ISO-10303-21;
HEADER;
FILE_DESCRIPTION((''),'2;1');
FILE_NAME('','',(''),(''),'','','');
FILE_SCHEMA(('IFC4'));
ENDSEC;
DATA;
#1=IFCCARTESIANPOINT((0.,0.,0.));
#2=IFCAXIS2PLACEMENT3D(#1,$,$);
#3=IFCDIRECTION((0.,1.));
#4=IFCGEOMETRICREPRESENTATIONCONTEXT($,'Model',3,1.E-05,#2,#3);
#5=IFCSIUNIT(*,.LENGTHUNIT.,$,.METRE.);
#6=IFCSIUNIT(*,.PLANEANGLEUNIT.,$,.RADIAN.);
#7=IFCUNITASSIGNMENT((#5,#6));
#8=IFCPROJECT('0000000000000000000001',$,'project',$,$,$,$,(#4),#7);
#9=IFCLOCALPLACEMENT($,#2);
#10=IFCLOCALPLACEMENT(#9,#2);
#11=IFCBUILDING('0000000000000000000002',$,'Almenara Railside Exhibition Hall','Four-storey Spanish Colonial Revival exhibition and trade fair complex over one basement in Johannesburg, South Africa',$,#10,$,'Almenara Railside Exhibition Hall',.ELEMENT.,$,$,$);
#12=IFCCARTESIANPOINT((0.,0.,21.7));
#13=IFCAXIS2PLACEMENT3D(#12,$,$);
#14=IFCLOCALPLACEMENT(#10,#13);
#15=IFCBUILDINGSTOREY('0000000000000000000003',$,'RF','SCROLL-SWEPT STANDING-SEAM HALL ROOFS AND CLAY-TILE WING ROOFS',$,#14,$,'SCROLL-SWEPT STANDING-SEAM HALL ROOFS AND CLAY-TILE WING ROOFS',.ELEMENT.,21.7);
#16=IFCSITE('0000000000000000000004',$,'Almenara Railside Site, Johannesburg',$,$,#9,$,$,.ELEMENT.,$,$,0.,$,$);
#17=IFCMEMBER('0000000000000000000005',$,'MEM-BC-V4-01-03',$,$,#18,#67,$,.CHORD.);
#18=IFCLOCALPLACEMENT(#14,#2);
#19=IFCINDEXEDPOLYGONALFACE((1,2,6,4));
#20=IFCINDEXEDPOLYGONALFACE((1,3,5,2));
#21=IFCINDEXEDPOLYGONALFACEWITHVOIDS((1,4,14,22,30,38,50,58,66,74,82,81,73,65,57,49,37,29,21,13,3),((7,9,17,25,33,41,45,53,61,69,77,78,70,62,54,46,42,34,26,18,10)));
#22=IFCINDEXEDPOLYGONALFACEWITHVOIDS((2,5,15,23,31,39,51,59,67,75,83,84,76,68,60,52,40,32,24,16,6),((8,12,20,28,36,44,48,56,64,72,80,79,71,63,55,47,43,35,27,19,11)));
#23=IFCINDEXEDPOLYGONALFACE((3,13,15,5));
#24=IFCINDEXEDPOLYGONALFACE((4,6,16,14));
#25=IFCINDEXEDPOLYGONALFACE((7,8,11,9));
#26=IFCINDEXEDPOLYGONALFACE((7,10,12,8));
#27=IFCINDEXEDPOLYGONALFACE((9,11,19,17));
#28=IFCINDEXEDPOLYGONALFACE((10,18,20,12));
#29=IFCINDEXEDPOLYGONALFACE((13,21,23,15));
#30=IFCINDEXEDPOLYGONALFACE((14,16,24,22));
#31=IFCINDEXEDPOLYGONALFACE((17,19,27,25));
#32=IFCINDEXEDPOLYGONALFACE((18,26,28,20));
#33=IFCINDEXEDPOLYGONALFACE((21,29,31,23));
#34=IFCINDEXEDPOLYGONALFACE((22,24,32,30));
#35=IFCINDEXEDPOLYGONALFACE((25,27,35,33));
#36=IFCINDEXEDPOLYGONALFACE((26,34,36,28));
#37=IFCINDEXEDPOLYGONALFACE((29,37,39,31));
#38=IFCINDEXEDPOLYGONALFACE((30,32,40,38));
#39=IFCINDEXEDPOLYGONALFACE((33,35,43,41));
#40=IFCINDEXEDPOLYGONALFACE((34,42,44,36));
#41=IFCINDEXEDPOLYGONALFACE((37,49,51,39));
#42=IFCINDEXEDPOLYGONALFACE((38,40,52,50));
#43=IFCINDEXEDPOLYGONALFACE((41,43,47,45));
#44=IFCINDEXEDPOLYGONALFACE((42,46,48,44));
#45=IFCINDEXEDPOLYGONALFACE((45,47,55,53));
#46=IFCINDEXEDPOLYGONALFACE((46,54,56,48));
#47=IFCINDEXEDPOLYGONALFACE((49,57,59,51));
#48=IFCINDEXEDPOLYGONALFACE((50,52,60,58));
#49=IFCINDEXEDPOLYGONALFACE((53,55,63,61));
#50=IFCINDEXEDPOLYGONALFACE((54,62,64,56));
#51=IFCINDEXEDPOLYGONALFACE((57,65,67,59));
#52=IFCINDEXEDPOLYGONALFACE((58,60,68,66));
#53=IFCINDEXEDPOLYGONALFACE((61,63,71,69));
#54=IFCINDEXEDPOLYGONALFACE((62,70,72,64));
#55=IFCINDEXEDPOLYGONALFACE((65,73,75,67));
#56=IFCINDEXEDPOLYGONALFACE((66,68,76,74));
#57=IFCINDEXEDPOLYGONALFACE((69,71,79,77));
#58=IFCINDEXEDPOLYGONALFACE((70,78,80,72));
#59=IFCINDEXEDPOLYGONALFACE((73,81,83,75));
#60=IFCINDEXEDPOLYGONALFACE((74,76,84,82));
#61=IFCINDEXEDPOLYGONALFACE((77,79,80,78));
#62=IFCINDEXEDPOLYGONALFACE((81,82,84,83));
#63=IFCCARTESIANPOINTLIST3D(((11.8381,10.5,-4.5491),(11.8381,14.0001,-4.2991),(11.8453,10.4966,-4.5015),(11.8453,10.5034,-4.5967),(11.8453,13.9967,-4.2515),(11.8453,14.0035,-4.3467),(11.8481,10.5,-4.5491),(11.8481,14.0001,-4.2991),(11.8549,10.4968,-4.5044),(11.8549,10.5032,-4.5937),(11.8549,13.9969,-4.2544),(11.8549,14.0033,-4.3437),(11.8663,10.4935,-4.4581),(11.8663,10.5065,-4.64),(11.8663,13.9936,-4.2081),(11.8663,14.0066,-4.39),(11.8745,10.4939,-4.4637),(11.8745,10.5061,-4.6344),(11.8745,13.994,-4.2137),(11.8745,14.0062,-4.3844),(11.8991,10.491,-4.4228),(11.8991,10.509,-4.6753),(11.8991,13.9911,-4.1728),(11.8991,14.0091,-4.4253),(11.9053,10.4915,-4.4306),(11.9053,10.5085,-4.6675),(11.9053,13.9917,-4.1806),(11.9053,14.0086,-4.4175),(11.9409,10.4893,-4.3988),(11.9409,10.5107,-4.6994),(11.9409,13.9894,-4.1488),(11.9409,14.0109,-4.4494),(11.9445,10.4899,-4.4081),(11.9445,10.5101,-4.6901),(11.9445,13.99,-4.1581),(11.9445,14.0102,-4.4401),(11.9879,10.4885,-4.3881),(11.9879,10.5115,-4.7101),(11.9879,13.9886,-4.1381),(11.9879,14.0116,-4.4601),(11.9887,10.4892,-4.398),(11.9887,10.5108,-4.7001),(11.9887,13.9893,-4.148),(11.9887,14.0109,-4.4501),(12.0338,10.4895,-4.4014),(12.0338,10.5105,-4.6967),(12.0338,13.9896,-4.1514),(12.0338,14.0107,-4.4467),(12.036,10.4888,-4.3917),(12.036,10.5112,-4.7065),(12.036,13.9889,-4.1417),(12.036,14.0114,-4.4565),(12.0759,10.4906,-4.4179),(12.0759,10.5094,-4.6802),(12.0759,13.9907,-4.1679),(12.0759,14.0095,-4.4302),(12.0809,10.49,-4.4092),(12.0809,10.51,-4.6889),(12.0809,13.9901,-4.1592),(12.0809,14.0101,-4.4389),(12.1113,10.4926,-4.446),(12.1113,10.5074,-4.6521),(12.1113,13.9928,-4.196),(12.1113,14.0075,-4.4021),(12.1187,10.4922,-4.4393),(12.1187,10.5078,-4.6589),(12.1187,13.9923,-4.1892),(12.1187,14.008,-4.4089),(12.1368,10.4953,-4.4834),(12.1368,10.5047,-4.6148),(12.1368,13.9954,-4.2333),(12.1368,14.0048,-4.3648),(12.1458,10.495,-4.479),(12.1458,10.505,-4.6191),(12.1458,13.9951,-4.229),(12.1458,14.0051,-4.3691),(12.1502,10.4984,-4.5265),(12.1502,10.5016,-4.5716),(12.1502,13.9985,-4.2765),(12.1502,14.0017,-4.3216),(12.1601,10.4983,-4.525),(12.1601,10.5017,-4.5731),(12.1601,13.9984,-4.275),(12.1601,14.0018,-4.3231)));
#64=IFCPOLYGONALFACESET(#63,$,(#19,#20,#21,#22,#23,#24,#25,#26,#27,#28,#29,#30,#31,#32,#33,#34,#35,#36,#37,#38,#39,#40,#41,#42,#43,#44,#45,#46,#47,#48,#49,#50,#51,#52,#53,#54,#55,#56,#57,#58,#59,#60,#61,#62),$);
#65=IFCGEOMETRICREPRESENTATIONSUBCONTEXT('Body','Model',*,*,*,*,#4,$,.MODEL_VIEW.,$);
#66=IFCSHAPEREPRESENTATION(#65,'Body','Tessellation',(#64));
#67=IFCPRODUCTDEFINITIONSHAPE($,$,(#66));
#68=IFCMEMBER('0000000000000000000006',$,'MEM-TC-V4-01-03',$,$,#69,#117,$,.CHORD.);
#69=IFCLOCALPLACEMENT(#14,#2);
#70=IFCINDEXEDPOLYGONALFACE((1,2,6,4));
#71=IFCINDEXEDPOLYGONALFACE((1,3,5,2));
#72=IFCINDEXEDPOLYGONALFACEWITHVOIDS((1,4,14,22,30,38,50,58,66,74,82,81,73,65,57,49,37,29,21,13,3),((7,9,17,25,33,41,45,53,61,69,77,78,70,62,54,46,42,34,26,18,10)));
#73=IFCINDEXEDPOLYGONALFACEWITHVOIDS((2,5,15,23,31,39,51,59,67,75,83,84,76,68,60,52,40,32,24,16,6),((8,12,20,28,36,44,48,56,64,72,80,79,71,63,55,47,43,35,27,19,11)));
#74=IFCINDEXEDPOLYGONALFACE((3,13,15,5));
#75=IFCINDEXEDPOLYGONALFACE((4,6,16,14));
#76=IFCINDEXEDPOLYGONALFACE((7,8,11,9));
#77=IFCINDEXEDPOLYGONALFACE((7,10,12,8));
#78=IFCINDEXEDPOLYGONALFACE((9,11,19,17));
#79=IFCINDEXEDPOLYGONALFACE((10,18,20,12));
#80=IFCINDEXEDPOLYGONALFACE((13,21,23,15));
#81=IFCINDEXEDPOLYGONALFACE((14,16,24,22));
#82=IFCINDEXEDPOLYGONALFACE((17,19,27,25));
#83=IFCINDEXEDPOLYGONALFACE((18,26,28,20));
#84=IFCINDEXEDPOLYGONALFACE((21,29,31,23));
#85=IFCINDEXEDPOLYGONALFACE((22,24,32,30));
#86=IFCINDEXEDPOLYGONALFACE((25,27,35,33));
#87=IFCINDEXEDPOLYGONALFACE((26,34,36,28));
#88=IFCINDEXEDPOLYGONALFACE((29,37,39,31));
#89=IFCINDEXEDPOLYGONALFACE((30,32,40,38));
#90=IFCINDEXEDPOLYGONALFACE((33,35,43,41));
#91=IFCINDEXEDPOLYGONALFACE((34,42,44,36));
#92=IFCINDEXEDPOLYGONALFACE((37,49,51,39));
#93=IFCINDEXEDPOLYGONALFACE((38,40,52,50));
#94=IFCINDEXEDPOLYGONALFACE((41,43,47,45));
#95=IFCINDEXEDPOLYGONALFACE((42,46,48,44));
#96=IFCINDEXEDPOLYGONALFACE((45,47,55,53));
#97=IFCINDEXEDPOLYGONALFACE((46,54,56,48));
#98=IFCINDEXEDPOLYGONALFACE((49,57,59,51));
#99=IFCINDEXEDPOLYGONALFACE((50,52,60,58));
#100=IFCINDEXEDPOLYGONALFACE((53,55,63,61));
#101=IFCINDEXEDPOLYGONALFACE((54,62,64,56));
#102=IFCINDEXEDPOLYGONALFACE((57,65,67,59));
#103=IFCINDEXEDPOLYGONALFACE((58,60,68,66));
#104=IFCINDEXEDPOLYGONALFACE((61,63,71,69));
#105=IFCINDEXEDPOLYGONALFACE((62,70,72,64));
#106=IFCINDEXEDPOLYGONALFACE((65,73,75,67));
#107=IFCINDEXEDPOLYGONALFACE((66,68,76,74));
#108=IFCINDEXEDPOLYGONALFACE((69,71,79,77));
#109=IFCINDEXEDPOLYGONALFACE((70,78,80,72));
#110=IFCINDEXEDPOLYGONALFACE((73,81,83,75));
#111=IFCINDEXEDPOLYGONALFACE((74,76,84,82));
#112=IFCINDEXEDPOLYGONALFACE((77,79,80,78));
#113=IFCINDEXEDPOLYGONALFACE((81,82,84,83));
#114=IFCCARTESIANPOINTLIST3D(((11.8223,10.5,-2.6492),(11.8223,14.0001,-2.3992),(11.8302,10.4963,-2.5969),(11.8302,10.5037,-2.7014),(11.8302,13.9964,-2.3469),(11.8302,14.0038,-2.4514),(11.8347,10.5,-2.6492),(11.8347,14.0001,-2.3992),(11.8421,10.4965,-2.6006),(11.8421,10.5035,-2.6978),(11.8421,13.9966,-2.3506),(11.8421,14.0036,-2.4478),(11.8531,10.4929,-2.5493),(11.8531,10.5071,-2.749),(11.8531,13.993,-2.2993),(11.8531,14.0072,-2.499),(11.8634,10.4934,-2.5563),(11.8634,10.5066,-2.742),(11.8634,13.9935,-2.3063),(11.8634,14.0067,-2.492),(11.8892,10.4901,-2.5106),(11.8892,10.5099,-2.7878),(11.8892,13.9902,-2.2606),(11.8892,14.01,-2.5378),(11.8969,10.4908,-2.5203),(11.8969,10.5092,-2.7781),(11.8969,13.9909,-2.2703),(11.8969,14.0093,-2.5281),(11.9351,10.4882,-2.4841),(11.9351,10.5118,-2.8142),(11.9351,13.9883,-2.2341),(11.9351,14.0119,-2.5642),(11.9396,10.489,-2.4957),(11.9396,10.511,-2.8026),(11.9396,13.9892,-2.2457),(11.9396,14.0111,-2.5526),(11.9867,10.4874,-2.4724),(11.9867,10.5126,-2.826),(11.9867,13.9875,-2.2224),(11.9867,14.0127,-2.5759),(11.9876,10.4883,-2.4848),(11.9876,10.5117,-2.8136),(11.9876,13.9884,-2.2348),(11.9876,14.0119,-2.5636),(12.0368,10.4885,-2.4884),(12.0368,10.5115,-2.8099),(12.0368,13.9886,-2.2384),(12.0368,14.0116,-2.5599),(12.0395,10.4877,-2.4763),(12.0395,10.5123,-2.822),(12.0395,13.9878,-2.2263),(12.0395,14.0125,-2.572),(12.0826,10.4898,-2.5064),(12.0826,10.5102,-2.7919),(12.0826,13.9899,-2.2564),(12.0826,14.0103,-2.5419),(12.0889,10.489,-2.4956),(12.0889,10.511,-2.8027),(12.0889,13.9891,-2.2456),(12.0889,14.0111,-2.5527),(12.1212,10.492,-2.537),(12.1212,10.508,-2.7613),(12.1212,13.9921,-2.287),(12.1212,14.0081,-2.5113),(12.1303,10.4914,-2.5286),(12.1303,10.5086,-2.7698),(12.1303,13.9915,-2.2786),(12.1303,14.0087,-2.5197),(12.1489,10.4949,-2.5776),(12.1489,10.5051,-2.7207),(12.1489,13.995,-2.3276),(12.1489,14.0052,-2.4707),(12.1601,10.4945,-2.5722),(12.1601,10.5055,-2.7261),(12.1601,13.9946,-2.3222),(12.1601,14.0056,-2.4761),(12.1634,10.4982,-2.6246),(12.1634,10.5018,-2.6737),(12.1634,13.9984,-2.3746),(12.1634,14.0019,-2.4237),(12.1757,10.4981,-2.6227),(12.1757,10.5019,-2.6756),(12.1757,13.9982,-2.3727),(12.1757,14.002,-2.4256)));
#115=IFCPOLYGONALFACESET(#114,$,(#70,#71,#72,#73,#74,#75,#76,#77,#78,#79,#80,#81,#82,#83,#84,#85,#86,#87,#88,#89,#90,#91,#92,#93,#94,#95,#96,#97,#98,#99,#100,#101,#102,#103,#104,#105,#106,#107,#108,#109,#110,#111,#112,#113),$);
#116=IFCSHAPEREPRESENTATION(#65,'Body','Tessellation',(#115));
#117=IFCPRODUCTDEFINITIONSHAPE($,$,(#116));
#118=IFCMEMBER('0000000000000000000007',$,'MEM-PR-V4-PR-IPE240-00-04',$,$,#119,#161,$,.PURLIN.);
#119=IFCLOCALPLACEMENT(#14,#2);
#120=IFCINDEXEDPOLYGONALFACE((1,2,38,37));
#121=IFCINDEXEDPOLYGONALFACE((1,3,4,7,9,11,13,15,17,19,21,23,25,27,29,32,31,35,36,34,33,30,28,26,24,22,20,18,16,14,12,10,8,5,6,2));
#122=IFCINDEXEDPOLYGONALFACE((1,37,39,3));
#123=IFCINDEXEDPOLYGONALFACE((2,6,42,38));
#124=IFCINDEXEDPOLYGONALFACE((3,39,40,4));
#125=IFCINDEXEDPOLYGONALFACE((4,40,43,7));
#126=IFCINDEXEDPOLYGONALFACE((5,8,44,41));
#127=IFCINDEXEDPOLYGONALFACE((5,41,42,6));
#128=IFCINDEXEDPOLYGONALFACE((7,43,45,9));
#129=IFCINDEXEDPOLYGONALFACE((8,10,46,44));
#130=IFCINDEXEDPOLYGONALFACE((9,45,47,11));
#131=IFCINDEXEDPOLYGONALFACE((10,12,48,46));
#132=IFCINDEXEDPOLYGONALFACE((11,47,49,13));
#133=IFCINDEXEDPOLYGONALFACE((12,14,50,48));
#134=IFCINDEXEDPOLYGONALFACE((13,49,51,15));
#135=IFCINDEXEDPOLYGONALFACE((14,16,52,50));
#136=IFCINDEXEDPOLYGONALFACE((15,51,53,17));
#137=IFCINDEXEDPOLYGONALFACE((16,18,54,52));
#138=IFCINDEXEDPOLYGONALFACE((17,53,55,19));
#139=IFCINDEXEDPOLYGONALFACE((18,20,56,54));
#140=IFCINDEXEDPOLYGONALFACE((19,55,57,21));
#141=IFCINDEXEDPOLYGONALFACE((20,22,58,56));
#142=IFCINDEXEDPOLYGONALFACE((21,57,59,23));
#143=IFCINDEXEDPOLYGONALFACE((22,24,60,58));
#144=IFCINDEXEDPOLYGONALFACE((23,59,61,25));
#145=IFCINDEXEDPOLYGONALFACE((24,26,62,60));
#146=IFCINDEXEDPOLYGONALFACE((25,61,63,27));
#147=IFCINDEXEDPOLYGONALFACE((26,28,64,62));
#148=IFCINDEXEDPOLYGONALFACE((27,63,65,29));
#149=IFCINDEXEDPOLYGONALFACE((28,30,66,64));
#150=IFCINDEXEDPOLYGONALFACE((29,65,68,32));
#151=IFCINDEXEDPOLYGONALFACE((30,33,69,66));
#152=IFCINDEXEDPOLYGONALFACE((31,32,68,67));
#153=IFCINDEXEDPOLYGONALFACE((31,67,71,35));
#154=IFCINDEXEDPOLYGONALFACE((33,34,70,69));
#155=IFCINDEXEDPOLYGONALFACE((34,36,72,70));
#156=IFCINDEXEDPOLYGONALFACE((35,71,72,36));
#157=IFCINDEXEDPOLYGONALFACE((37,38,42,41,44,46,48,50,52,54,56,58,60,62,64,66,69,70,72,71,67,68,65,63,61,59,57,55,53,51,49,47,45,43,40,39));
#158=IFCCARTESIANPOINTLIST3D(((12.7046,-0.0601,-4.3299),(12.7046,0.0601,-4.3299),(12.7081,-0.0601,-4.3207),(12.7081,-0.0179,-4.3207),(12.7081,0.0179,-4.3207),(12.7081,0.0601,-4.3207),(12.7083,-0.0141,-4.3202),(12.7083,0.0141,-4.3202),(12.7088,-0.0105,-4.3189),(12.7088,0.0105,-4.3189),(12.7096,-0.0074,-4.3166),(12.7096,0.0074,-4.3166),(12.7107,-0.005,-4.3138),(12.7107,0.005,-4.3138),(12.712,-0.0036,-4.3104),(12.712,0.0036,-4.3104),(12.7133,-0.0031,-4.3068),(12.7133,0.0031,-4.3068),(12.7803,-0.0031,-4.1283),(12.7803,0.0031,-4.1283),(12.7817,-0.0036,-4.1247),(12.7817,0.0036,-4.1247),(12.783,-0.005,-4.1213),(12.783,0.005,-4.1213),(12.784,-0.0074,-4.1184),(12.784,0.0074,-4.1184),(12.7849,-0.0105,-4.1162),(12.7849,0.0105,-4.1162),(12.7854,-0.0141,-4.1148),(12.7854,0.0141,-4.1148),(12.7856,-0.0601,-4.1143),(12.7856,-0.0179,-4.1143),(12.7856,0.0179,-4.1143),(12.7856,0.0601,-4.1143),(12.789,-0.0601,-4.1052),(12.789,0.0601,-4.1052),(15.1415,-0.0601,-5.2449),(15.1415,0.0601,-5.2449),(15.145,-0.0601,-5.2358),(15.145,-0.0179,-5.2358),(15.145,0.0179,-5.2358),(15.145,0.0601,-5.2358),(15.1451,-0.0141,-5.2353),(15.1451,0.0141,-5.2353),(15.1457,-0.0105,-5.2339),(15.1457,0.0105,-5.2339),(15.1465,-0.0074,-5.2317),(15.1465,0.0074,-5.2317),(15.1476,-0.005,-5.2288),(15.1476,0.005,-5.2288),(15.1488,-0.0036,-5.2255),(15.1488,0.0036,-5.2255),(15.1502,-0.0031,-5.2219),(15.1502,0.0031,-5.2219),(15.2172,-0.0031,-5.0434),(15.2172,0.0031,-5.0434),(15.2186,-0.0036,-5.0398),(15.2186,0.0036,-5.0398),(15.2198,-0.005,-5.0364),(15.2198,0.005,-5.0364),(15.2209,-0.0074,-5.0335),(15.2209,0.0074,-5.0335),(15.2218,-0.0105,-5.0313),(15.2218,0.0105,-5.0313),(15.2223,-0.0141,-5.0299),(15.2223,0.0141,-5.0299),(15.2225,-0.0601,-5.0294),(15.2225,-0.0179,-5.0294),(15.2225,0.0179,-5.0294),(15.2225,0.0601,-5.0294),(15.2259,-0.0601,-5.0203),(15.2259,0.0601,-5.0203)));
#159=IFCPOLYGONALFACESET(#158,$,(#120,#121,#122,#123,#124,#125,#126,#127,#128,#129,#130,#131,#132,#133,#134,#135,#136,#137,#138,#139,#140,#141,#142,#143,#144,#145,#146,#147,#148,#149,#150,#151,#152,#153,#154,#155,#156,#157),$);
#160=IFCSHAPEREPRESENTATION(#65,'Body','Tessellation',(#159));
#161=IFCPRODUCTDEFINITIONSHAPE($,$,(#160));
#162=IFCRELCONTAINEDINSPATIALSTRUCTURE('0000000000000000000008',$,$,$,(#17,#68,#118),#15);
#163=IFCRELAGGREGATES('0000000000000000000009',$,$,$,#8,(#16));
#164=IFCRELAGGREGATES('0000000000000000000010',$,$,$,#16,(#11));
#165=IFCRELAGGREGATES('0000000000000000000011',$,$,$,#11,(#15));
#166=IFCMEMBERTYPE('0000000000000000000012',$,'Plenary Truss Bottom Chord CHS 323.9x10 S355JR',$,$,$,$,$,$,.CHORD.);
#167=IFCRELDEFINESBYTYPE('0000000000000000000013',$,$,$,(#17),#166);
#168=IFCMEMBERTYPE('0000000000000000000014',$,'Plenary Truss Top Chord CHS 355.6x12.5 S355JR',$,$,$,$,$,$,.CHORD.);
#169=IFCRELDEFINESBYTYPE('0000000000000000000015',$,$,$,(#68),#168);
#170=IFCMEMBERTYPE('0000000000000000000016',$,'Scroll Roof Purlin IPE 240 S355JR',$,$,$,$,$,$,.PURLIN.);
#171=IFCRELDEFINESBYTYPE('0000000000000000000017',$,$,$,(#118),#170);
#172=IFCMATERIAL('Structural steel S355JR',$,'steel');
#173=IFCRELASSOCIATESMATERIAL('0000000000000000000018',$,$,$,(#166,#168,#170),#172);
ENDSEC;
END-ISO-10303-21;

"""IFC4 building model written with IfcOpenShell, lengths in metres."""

from ifc_helpers import new_model, si_unit, direction, frame, origin, origin_2d, place, context, subcontext, project, spatial, hollow_circle, i_section, extrude, material, material_profile, profile_set, type_object, element, save


model = new_model("IFC4")

# Units and contexts
model_context = context("Model", 3, precision=1e-05, world=origin(), true_north=direction((0.0, 1.0)))
body_context = subcontext(model_context, "Body", "Model", "MODEL_VIEW")
ifc_project = project(units=[si_unit("LENGTHUNIT", "METRE"), si_unit("PLANEANGLEUNIT", "RADIAN")], contexts=[model_context])

# Site, building, storey
site_placement = place(None, origin())
site = spatial("IfcSite", under=ifc_project, at=site_placement, Name="Almenara Railside Site, Johannesburg", CompositionType="ELEMENT", RefElevation=0.0)
building_placement = place(site_placement, origin())
building = spatial("IfcBuilding", under=site, at=building_placement, Name="Almenara Railside Exhibition Hall", Description="Four-storey Spanish Colonial Revival exhibition and trade fair complex over one basement in Johannesburg, South Africa", LongName="Almenara Railside Exhibition Hall", CompositionType="ELEMENT")
storey_placement = place(building_placement, frame((0.0, 0.0, 21.7)))
storey = spatial("IfcBuildingStorey", under=building, at=storey_placement, Name="RF", Description="SCROLL-SWEPT STANDING-SEAM HALL ROOFS AND CLAY-TILE WING ROOFS", LongName="SCROLL-SWEPT STANDING-SEAM HALL ROOFS AND CLAY-TILE WING ROOFS", CompositionType="ELEMENT", Elevation=21.7)

# Shared definitions
ifc_material_1 = material(Name="Structural steel S355JR", Category="steel")

# Members
ifc_material_profile_1 = material_profile(ifc_material_1, hollow_circle(Radius=0.1619, WallThickness=0.01, at=origin_2d()), Name="CHS 323.9x10")
ifc_profile_set_1 = profile_set([ifc_material_profile_1], Name="Structural steel S355JR")
member_type_1 = type_object("IfcMemberType", Name="Plenary Truss Bottom Chord CHS 323.9x10 S355JR", PredefinedType="CHORD", material=ifc_profile_set_1)
member_1_placement = place(storey_placement, frame((12.0, 10.5, -4.5491), z_axis=(0.0, 0.997459, 0.071247), x_axis=(-1.0, 0.0, 0.0)))
element("IfcMember", 1, at=member_1_placement, inside=storey, type_object=member_type_1, Name="MEM-BC-V4-01-03", PredefinedType="CHORD", context=body_context, shape_type="SweptSolid", body=[
    extrude(hollow_circle(Radius=0.1619, WallThickness=0.01, at=origin_2d()), origin(), (0.0, 0.0, 1.0), 3.509),
])
ifc_material_profile_2 = material_profile(ifc_material_1, hollow_circle(Radius=0.1777, WallThickness=0.0125, at=origin_2d()), Name="CHS 355.6x12.5")
ifc_profile_set_2 = profile_set([ifc_material_profile_2], Name="Structural steel S355JR")
member_type_2 = type_object("IfcMemberType", Name="Plenary Truss Top Chord CHS 355.6x12.5 S355JR", PredefinedType="CHORD", material=ifc_profile_set_2)
member_2_placement = place(storey_placement, frame((12.0, 10.5, -2.6492), z_axis=(0.0, 0.997459, 0.071247), x_axis=(-1.0, 0.0, 0.0)))
element("IfcMember", 2, at=member_2_placement, inside=storey, type_object=member_type_2, Name="MEM-TC-V4-01-03", PredefinedType="CHORD", context=body_context, shape_type="SweptSolid", body=[
    extrude(hollow_circle(Radius=0.1777, WallThickness=0.0125, at=origin_2d()), origin(), (0.0, 0.0, 1.0), 3.509),
])
ifc_material_profile_3 = material_profile(ifc_material_1, i_section(OverallWidth=0.1201, OverallDepth=0.24, WebThickness=0.0061, FlangeThickness=0.0098, FilletRadius=0.0149, at=origin_2d()), Name="IPE 240")
ifc_profile_set_3 = profile_set([ifc_material_profile_3], Name="Structural steel S355JR")
member_type_3 = type_object("IfcMemberType", Name="Scroll Roof Purlin IPE 240 S355JR", PredefinedType="PURLIN", material=ifc_profile_set_3)
member_3_placement = place(storey_placement, frame((12.7468, 0.0, -4.2175), z_axis=(0.936171, 0.0, -0.351545), x_axis=(0.0, 1.0, 0.0)))
element("IfcMember", 3, at=member_3_placement, inside=storey, type_object=member_type_3, Name="MEM-PR-V4-PR-IPE240-00-04", PredefinedType="PURLIN", context=body_context, shape_type="SweptSolid", body=[
    extrude(i_section(OverallWidth=0.1201, OverallDepth=0.24, WebThickness=0.0061, FlangeThickness=0.0098, FilletRadius=0.0149, at=origin_2d()), origin(), (0.0, 0.0, 1.0), 2.603),
])

save(model, "model.ifc")
